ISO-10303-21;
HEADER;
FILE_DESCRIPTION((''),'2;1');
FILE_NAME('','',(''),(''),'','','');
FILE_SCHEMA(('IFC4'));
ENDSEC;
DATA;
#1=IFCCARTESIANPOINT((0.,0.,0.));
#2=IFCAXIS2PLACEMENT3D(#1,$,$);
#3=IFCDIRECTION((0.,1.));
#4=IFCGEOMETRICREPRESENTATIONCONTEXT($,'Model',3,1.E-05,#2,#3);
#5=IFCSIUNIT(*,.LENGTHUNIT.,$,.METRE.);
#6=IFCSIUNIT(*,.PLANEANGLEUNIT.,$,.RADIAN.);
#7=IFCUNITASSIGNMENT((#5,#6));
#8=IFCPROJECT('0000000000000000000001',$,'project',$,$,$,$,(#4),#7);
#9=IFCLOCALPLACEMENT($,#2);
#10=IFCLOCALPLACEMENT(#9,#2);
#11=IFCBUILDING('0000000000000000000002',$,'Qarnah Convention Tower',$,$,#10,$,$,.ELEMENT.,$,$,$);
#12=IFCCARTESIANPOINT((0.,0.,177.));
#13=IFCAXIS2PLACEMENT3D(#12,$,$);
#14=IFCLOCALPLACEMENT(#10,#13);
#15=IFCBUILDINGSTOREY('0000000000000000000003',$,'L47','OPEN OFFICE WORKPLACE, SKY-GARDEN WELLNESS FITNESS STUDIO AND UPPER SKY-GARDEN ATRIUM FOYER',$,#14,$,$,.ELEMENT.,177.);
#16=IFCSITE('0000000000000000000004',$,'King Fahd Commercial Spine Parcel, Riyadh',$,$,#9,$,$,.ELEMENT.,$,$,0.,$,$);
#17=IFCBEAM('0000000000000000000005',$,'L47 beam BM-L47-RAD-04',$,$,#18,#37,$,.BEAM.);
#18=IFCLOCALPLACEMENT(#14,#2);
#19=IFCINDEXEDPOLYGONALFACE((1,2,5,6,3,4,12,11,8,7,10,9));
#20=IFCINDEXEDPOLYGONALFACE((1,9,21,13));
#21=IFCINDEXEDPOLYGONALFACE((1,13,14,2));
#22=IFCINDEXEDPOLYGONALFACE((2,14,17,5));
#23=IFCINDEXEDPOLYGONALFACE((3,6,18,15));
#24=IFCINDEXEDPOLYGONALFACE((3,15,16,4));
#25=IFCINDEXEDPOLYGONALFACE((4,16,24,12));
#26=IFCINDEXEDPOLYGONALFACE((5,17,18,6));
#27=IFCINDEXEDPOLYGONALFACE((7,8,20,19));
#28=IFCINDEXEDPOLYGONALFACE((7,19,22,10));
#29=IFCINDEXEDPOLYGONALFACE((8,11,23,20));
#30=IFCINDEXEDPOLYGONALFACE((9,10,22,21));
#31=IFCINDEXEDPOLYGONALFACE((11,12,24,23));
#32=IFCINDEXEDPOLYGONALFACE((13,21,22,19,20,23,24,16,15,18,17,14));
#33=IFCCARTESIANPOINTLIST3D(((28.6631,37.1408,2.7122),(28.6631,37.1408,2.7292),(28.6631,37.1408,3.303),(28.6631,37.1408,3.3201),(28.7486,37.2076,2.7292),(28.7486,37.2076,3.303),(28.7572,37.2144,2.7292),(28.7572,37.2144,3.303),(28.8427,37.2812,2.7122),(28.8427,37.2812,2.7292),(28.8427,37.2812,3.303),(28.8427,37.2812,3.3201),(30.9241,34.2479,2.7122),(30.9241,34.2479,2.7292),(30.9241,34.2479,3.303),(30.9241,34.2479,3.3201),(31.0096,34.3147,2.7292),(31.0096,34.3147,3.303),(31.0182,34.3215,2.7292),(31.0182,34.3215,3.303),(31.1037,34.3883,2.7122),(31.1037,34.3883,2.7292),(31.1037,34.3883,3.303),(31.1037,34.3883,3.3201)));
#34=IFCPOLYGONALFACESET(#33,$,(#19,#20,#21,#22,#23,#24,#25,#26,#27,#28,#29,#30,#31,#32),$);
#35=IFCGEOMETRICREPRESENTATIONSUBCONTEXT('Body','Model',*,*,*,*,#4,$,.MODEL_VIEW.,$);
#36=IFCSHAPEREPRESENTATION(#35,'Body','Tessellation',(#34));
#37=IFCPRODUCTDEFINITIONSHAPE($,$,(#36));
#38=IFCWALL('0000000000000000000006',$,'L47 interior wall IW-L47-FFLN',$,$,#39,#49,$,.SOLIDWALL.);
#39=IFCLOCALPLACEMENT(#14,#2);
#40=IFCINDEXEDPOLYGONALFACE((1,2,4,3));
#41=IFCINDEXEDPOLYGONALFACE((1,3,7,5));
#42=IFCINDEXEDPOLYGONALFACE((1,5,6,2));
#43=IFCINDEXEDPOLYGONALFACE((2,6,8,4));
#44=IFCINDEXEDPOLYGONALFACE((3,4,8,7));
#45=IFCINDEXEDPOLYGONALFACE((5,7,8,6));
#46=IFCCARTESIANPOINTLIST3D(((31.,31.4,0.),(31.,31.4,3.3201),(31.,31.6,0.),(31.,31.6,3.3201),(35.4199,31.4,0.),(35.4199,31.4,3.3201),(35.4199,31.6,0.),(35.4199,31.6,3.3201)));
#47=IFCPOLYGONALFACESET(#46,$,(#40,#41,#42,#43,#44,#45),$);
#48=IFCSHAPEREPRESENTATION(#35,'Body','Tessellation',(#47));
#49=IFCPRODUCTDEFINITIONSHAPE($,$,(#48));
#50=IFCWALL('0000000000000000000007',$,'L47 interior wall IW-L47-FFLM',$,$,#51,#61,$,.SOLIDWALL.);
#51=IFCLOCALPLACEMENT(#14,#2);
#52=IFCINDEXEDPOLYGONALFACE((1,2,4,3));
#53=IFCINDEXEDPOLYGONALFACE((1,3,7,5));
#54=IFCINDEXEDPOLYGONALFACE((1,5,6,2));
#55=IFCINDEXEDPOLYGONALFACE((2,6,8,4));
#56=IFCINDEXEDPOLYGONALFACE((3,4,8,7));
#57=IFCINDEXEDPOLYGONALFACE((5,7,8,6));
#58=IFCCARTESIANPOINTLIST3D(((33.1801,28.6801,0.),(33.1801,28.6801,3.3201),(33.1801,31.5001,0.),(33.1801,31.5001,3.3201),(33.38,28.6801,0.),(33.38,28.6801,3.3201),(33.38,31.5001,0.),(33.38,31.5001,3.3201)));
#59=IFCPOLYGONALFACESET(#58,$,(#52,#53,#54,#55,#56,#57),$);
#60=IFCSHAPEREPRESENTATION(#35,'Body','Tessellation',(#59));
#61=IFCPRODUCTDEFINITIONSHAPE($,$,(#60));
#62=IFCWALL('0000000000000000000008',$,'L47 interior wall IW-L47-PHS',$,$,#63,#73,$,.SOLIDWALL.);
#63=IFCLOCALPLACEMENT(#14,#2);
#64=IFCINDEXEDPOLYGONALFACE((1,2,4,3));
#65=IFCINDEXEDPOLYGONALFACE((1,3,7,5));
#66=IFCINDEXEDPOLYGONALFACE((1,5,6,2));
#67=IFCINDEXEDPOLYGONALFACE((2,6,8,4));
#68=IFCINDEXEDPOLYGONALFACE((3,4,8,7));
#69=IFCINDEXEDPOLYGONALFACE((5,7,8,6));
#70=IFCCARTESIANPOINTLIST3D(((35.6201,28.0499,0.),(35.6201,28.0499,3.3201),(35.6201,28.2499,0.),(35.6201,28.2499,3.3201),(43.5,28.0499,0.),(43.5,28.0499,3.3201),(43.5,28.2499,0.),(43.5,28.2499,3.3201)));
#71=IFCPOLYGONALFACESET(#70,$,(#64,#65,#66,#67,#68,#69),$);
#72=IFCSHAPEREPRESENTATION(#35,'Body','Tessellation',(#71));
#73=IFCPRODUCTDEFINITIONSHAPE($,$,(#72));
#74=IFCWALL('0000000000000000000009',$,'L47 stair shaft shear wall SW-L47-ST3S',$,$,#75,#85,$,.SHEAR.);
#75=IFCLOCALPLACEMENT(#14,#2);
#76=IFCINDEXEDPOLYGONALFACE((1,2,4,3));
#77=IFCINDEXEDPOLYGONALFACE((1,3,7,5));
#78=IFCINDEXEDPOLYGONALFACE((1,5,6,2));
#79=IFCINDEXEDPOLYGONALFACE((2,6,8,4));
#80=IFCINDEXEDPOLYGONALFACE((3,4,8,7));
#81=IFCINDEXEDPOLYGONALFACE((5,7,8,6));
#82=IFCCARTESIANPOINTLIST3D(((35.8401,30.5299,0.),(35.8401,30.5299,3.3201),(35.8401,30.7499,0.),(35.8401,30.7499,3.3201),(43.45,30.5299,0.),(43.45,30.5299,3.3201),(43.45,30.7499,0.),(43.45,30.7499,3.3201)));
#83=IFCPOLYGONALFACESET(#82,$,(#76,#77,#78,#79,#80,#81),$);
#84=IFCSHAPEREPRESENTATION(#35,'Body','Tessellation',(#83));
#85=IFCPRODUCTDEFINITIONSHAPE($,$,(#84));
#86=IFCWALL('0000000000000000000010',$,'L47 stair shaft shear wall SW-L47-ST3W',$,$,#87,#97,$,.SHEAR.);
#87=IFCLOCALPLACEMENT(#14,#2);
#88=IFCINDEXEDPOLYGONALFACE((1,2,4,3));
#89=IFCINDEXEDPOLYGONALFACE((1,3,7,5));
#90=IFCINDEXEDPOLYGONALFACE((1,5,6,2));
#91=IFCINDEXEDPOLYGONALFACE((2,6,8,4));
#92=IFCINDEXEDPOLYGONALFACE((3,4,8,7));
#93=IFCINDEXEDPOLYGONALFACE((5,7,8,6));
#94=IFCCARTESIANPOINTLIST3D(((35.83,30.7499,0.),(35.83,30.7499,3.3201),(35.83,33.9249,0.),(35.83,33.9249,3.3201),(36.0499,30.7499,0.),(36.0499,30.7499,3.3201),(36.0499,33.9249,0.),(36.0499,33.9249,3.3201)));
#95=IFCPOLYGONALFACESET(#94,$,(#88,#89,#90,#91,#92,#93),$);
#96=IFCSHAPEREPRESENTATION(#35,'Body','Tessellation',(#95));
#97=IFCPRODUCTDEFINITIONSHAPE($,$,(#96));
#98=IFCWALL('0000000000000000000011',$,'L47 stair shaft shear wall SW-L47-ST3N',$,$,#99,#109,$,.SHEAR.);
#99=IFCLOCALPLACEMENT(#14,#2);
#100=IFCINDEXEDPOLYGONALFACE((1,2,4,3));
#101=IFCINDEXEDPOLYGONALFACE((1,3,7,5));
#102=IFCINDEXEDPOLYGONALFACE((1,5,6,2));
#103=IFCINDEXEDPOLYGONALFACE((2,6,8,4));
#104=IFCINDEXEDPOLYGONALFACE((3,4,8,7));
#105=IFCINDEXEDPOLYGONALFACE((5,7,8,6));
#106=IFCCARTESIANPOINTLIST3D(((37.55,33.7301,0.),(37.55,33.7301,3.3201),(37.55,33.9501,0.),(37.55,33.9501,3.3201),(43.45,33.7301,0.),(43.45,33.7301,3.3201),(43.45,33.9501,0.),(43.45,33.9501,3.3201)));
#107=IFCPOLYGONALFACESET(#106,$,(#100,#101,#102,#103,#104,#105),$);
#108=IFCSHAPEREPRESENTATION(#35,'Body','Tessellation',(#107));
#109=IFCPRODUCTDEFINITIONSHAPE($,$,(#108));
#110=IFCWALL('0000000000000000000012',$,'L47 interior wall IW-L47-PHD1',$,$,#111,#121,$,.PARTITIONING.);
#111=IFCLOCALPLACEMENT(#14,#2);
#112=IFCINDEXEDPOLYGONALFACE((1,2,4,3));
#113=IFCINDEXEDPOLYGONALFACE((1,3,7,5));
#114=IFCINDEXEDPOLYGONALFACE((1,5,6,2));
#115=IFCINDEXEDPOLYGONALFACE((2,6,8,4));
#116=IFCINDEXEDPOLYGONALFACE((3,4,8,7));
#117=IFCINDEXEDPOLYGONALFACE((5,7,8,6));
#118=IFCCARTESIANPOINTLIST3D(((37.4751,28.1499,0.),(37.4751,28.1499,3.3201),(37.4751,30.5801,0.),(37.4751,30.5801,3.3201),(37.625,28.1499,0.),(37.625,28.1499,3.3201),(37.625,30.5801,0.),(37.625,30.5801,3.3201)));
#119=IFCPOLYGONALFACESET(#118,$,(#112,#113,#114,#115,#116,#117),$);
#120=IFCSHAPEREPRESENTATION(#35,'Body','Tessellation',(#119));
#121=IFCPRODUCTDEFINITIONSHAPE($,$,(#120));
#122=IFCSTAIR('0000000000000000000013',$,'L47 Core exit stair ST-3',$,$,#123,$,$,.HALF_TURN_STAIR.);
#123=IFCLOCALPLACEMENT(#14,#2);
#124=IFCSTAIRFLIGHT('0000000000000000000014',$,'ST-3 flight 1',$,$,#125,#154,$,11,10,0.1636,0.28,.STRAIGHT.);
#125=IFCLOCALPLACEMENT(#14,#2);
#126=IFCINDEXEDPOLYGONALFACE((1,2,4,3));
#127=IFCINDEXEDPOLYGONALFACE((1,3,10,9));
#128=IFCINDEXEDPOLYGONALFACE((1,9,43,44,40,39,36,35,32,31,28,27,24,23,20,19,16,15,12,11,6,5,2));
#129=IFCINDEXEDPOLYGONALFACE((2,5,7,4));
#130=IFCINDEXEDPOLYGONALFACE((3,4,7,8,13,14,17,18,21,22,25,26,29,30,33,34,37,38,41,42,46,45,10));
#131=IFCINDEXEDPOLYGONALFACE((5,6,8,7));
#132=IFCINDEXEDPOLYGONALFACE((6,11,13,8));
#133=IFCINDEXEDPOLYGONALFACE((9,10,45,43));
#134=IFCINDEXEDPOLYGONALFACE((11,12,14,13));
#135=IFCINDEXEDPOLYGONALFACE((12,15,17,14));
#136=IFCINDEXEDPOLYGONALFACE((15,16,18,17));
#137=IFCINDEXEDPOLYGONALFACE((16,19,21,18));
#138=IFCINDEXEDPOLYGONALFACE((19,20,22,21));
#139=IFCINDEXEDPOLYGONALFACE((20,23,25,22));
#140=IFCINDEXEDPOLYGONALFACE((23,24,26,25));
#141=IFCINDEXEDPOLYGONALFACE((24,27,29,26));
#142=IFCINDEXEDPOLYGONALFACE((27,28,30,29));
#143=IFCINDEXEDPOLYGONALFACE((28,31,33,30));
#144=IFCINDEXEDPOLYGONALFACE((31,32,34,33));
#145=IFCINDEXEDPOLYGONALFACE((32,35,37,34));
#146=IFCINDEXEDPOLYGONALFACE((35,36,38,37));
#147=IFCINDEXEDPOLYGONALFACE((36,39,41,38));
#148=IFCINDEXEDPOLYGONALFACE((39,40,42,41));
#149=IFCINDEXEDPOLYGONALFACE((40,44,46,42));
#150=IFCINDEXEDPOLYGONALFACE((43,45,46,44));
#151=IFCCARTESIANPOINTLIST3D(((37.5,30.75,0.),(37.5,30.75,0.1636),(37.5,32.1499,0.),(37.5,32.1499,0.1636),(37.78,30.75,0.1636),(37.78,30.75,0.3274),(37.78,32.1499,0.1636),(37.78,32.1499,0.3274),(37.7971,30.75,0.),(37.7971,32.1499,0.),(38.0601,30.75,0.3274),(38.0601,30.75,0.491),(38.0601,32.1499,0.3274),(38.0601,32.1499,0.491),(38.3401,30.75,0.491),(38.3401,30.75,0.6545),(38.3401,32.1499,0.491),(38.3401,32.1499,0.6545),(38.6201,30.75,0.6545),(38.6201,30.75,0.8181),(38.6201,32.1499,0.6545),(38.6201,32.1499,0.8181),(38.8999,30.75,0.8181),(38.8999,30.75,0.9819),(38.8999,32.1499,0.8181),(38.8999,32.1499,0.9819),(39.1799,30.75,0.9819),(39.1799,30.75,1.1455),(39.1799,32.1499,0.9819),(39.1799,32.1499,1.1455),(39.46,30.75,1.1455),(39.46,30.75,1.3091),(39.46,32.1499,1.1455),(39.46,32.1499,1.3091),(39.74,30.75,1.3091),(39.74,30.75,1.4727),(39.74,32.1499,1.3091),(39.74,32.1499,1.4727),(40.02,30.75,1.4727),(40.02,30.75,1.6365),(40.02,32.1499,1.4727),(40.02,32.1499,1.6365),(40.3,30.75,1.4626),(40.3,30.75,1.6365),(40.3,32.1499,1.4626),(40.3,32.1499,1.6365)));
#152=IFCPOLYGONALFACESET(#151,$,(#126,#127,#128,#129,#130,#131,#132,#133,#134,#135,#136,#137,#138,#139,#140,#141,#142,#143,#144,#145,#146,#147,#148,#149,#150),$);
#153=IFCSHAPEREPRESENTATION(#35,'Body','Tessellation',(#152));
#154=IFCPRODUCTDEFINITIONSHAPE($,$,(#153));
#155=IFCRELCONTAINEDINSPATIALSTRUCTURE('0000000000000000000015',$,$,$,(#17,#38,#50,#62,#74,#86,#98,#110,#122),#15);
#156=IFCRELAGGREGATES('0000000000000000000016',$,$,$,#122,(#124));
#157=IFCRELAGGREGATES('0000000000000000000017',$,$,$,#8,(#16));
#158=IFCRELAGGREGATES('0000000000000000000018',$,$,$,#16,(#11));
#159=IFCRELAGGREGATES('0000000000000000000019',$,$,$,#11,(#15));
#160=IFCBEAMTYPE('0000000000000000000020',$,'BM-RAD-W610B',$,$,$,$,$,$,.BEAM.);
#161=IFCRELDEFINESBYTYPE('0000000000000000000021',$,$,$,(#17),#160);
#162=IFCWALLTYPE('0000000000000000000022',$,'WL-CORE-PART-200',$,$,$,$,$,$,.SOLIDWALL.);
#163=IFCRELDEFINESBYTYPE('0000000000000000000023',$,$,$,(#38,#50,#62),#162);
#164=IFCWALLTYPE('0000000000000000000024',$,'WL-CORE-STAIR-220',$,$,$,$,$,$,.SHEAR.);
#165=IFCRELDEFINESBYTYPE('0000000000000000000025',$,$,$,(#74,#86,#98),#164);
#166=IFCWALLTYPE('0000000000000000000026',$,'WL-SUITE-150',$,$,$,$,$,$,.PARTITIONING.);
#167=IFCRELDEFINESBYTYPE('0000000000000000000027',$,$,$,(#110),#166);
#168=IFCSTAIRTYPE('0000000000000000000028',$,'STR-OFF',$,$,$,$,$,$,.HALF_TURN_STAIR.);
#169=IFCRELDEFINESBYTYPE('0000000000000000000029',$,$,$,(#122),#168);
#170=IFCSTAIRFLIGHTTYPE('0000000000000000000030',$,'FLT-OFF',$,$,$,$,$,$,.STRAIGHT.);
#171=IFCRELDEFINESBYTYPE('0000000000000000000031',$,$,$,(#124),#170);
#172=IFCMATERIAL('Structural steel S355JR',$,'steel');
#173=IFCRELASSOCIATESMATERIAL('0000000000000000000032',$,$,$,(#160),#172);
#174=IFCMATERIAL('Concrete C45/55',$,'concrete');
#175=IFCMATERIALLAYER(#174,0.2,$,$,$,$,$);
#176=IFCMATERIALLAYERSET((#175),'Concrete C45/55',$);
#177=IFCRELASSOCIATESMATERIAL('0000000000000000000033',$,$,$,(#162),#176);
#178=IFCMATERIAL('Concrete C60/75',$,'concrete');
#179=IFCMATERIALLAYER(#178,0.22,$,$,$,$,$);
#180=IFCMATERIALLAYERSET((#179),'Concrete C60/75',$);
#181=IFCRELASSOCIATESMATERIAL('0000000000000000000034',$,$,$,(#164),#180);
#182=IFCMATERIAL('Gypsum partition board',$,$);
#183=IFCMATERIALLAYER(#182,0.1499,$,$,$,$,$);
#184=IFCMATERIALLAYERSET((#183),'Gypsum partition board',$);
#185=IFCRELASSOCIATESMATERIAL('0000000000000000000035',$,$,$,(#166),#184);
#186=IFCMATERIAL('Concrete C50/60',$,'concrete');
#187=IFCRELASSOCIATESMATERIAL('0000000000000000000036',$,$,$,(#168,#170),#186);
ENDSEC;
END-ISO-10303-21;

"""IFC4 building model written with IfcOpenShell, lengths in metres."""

from ifc_helpers import new_model, si_unit, direction, frame, frame_2d, origin, origin_2d, place, context, subcontext, project, spatial, polyline, rectangle, i_section, outline, extrude, material, layer, layer_set, material_profile, profile_set, type_object, element, aggregate, save


model = new_model("IFC4")

# Units and contexts
model_context = context("Model", 3, precision=1e-05, world=origin(), true_north=direction((0.0, 1.0)))
body_context = subcontext(model_context, "Body", "Model", "MODEL_VIEW")
ifc_project = project(units=[si_unit("LENGTHUNIT", "METRE"), si_unit("PLANEANGLEUNIT", "RADIAN")], contexts=[model_context])

# Site, building, storey
site_placement = place(None, origin())
site = spatial("IfcSite", under=ifc_project, at=site_placement, Name="King Fahd Commercial Spine Parcel, Riyadh", CompositionType="ELEMENT", RefElevation=0.0)
building_placement = place(site_placement, origin())
building = spatial("IfcBuilding", under=site, at=building_placement, Name="Qarnah Convention Tower", CompositionType="ELEMENT")
storey_placement = place(building_placement, frame((0.0, 0.0, 177.0)))
storey = spatial("IfcBuildingStorey", under=building, at=storey_placement, Name="L47", Description="OPEN OFFICE WORKPLACE, SKY-GARDEN WELLNESS FITNESS STUDIO AND UPPER SKY-GARDEN ATRIUM FOYER", CompositionType="ELEMENT", Elevation=177.0)

# Beam
ifc_material_1 = material(Name="Structural steel S355JR", Category="steel")
ifc_material_profile = material_profile(ifc_material_1, i_section(OverallWidth=0.228, OverallDepth=0.6079, WebThickness=0.011, FlangeThickness=0.0171, at=origin_2d()), Name="W610X113")
ifc_profile_set = profile_set([ifc_material_profile], Name="Structural steel S355JR")
beam_type = type_object("IfcBeamType", Name="BM-RAD-W610B", PredefinedType="BEAM", material=ifc_profile_set)
beam_placement = place(storey_placement, frame((31.0139, 34.3181, 3.0161), z_axis=(-0.615808, 0.787896, 0.0), x_axis=(-0.787896, -0.615808, 0.0)))
element("IfcBeam", 1, at=beam_placement, inside=storey, type_object=beam_type, Name="L47 beam BM-L47-RAD-04", PredefinedType="BEAM", context=body_context, shape_type="SweptSolid", body=[
    extrude(i_section(OverallWidth=0.228, OverallDepth=0.6079, WebThickness=0.011, FlangeThickness=0.0171, at=origin_2d()), origin(), (0.0, 0.0, 1.0), 3.6716),
])

# Shared definitions
ifc_material_2 = material(Name="Concrete C45/55", Category="concrete")
ifc_layer_1 = layer(ifc_material_2, 0.2)
ifc_layer_set_1 = layer_set([ifc_layer_1], Name="Concrete C45/55")
wall_type_1 = type_object("IfcWallType", Name="WL-CORE-PART-200", PredefinedType="SOLIDWALL", material=ifc_layer_set_1)

# Walls
wall_1_placement = place(storey_placement, frame((31.0, 31.5, 0.0), z_axis=(0.0, 0.0, 1.0), x_axis=(1.0, 0.0, 0.0)))
element("IfcWall", 2, at=wall_1_placement, inside=storey, type_object=wall_type_1, Name="L47 interior wall IW-L47-FFLN", PredefinedType="SOLIDWALL", context=body_context, shape_type="SweptSolid", body=[
    extrude(rectangle(XDim=4.4199, YDim=0.2, at=frame_2d((2.21, 0.0))), origin(), (0.0, 0.0, 1.0), 3.3201),
])
wall_2_placement = place(storey_placement, frame((33.28, 28.6799, 0.0), z_axis=(0.0, 0.0, 1.0), x_axis=(0.0, 1.0, 0.0)))
element("IfcWall", 3, at=wall_2_placement, inside=storey, type_object=wall_type_1, Name="L47 interior wall IW-L47-FFLM", PredefinedType="SOLIDWALL", context=body_context, shape_type="SweptSolid", body=[
    extrude(rectangle(XDim=2.8201, YDim=0.2, at=frame_2d((1.4102, 0.0))), origin(), (0.0, 0.0, 1.0), 3.3201),
])
wall_3_placement = place(storey_placement, frame((35.6201, 28.1499, 0.0), z_axis=(0.0, 0.0, 1.0), x_axis=(1.0, 0.0, 0.0)))
element("IfcWall", 4, at=wall_3_placement, inside=storey, type_object=wall_type_1, Name="L47 interior wall IW-L47-PHS", PredefinedType="SOLIDWALL", context=body_context, shape_type="SweptSolid", body=[
    extrude(rectangle(XDim=7.8799, YDim=0.2, at=frame_2d((3.9399, 0.0))), origin(), (0.0, 0.0, 1.0), 3.3201),
])

# Walls
ifc_material_3 = material(Name="Concrete C60/75", Category="concrete")
ifc_layer_2 = layer(ifc_material_3, 0.22)
ifc_layer_set_2 = layer_set([ifc_layer_2], Name="Concrete C60/75")
wall_type_2 = type_object("IfcWallType", Name="WL-CORE-STAIR-220", PredefinedType="SHEAR", material=ifc_layer_set_2)
wall_4_placement = place(storey_placement, frame((35.8401, 30.6399, 0.0), z_axis=(0.0, 0.0, 1.0), x_axis=(1.0, 0.0, 0.0)))
element("IfcWall", 5, at=wall_4_placement, inside=storey, type_object=wall_type_2, Name="L47 stair shaft shear wall SW-L47-ST3S", PredefinedType="SHEAR", context=body_context, shape_type="SweptSolid", body=[
    extrude(rectangle(XDim=7.6099, YDim=0.22, at=frame_2d((3.8049, 0.0))), origin(), (0.0, 0.0, 1.0), 3.3201),
])
wall_5_placement = place(storey_placement, frame((35.9399, 30.75, 0.0), z_axis=(0.0, 0.0, 1.0), x_axis=(0.0, 1.0, 0.0)))
element("IfcWall", 6, at=wall_5_placement, inside=storey, type_object=wall_type_2, Name="L47 stair shaft shear wall SW-L47-ST3W", PredefinedType="SHEAR", context=body_context, shape_type="SweptSolid", body=[
    extrude(rectangle(XDim=3.175, YDim=0.22, at=frame_2d((1.5874, 0.0))), origin(), (0.0, 0.0, 1.0), 3.3201),
])
wall_6_placement = place(storey_placement, frame((37.55, 33.8401, 0.0), z_axis=(0.0, 0.0, 1.0), x_axis=(1.0, 0.0, 0.0)))
element("IfcWall", 7, at=wall_6_placement, inside=storey, type_object=wall_type_2, Name="L47 stair shaft shear wall SW-L47-ST3N", PredefinedType="SHEAR", context=body_context, shape_type="SweptSolid", body=[
    extrude(rectangle(XDim=5.8999, YDim=0.22, at=frame_2d((2.95, 0.0))), origin(), (0.0, 0.0, 1.0), 3.3201),
])
ifc_material_4 = material(Name="Gypsum partition board")
ifc_layer_3 = layer(ifc_material_4, 0.1499)
ifc_layer_set_3 = layer_set([ifc_layer_3], Name="Gypsum partition board")
wall_type_3 = type_object("IfcWallType", Name="WL-SUITE-150", PredefinedType="PARTITIONING", material=ifc_layer_set_3)
wall_7_placement = place(storey_placement, frame((37.55, 28.1499, 0.0), z_axis=(0.0, 0.0, 1.0), x_axis=(0.0, 1.0, 0.0)))
element("IfcWall", 8, at=wall_7_placement, inside=storey, type_object=wall_type_3, Name="L47 interior wall IW-L47-PHD1", PredefinedType="PARTITIONING", context=body_context, shape_type="SweptSolid", body=[
    extrude(rectangle(XDim=2.4302, YDim=0.1499, at=frame_2d((1.2151, 0.0))), origin(), (0.0, 0.0, 1.0), 3.3201),
])

# Stair, stair flight
ifc_material_5 = material(Name="Concrete C50/60", Category="concrete")
stair_type = type_object("IfcStairType", Name="STR-OFF", PredefinedType="HALF_TURN_STAIR", material=ifc_material_5)
stair_placement = place(storey_placement, origin())
stair = element("IfcStair", 9, at=stair_placement, inside=storey, type_object=stair_type, Name="L47 Core exit stair ST-3", PredefinedType="HALF_TURN_STAIR")
stair_flight_type = type_object("IfcStairFlightType", Name="FLT-OFF", PredefinedType="STRAIGHT", material=ifc_material_5)
stair_flight_placement = place(storey_placement, frame((37.5, 31.45, 0.0), z_axis=(0.0, 0.0, 1.0), x_axis=(1.0, 0.0, 0.0)))
stair_flight = element("IfcStairFlight", 10, at=stair_flight_placement, type_object=stair_flight_type, Name="ST-3 flight 1", NumberOfRisers=11, NumberOfTreads=10, PredefinedType="STRAIGHT", RiserHeight=0.1636, TreadLength=0.28, context=body_context, shape_type="SweptSolid", body=[
    extrude(outline(polyline([(0.0, 0.0), (0.0, 0.1636), (0.28, 0.1636), (0.28, 0.3274), (0.5601, 0.3274), (0.5601, 0.491), (0.8401, 0.491), (0.8401, 0.6545), (1.1201, 0.6545), (1.1201, 0.8181), (1.3999, 0.8181), (1.3999, 0.9819), (1.6799, 0.9819), (1.6799, 1.1455), (1.96, 1.1455), (1.96, 1.3091), (2.24, 1.3091), (2.24, 1.4727), (2.52, 1.4727), (2.52, 1.6365), (2.8, 1.6365), (2.8, 1.8), (2.8, 1.4626), (0.2971, 0.0), (0.0, 0.0)])), frame((0.0, 0.7, 0.0), z_axis=(0.0, -1.0, 0.0), x_axis=(1.0, 0.0, 0.0)), (0.0, 0.0, 1.0), 1.3999),
])
aggregate(stair, [stair_flight])

save(model, "model.ifc")
